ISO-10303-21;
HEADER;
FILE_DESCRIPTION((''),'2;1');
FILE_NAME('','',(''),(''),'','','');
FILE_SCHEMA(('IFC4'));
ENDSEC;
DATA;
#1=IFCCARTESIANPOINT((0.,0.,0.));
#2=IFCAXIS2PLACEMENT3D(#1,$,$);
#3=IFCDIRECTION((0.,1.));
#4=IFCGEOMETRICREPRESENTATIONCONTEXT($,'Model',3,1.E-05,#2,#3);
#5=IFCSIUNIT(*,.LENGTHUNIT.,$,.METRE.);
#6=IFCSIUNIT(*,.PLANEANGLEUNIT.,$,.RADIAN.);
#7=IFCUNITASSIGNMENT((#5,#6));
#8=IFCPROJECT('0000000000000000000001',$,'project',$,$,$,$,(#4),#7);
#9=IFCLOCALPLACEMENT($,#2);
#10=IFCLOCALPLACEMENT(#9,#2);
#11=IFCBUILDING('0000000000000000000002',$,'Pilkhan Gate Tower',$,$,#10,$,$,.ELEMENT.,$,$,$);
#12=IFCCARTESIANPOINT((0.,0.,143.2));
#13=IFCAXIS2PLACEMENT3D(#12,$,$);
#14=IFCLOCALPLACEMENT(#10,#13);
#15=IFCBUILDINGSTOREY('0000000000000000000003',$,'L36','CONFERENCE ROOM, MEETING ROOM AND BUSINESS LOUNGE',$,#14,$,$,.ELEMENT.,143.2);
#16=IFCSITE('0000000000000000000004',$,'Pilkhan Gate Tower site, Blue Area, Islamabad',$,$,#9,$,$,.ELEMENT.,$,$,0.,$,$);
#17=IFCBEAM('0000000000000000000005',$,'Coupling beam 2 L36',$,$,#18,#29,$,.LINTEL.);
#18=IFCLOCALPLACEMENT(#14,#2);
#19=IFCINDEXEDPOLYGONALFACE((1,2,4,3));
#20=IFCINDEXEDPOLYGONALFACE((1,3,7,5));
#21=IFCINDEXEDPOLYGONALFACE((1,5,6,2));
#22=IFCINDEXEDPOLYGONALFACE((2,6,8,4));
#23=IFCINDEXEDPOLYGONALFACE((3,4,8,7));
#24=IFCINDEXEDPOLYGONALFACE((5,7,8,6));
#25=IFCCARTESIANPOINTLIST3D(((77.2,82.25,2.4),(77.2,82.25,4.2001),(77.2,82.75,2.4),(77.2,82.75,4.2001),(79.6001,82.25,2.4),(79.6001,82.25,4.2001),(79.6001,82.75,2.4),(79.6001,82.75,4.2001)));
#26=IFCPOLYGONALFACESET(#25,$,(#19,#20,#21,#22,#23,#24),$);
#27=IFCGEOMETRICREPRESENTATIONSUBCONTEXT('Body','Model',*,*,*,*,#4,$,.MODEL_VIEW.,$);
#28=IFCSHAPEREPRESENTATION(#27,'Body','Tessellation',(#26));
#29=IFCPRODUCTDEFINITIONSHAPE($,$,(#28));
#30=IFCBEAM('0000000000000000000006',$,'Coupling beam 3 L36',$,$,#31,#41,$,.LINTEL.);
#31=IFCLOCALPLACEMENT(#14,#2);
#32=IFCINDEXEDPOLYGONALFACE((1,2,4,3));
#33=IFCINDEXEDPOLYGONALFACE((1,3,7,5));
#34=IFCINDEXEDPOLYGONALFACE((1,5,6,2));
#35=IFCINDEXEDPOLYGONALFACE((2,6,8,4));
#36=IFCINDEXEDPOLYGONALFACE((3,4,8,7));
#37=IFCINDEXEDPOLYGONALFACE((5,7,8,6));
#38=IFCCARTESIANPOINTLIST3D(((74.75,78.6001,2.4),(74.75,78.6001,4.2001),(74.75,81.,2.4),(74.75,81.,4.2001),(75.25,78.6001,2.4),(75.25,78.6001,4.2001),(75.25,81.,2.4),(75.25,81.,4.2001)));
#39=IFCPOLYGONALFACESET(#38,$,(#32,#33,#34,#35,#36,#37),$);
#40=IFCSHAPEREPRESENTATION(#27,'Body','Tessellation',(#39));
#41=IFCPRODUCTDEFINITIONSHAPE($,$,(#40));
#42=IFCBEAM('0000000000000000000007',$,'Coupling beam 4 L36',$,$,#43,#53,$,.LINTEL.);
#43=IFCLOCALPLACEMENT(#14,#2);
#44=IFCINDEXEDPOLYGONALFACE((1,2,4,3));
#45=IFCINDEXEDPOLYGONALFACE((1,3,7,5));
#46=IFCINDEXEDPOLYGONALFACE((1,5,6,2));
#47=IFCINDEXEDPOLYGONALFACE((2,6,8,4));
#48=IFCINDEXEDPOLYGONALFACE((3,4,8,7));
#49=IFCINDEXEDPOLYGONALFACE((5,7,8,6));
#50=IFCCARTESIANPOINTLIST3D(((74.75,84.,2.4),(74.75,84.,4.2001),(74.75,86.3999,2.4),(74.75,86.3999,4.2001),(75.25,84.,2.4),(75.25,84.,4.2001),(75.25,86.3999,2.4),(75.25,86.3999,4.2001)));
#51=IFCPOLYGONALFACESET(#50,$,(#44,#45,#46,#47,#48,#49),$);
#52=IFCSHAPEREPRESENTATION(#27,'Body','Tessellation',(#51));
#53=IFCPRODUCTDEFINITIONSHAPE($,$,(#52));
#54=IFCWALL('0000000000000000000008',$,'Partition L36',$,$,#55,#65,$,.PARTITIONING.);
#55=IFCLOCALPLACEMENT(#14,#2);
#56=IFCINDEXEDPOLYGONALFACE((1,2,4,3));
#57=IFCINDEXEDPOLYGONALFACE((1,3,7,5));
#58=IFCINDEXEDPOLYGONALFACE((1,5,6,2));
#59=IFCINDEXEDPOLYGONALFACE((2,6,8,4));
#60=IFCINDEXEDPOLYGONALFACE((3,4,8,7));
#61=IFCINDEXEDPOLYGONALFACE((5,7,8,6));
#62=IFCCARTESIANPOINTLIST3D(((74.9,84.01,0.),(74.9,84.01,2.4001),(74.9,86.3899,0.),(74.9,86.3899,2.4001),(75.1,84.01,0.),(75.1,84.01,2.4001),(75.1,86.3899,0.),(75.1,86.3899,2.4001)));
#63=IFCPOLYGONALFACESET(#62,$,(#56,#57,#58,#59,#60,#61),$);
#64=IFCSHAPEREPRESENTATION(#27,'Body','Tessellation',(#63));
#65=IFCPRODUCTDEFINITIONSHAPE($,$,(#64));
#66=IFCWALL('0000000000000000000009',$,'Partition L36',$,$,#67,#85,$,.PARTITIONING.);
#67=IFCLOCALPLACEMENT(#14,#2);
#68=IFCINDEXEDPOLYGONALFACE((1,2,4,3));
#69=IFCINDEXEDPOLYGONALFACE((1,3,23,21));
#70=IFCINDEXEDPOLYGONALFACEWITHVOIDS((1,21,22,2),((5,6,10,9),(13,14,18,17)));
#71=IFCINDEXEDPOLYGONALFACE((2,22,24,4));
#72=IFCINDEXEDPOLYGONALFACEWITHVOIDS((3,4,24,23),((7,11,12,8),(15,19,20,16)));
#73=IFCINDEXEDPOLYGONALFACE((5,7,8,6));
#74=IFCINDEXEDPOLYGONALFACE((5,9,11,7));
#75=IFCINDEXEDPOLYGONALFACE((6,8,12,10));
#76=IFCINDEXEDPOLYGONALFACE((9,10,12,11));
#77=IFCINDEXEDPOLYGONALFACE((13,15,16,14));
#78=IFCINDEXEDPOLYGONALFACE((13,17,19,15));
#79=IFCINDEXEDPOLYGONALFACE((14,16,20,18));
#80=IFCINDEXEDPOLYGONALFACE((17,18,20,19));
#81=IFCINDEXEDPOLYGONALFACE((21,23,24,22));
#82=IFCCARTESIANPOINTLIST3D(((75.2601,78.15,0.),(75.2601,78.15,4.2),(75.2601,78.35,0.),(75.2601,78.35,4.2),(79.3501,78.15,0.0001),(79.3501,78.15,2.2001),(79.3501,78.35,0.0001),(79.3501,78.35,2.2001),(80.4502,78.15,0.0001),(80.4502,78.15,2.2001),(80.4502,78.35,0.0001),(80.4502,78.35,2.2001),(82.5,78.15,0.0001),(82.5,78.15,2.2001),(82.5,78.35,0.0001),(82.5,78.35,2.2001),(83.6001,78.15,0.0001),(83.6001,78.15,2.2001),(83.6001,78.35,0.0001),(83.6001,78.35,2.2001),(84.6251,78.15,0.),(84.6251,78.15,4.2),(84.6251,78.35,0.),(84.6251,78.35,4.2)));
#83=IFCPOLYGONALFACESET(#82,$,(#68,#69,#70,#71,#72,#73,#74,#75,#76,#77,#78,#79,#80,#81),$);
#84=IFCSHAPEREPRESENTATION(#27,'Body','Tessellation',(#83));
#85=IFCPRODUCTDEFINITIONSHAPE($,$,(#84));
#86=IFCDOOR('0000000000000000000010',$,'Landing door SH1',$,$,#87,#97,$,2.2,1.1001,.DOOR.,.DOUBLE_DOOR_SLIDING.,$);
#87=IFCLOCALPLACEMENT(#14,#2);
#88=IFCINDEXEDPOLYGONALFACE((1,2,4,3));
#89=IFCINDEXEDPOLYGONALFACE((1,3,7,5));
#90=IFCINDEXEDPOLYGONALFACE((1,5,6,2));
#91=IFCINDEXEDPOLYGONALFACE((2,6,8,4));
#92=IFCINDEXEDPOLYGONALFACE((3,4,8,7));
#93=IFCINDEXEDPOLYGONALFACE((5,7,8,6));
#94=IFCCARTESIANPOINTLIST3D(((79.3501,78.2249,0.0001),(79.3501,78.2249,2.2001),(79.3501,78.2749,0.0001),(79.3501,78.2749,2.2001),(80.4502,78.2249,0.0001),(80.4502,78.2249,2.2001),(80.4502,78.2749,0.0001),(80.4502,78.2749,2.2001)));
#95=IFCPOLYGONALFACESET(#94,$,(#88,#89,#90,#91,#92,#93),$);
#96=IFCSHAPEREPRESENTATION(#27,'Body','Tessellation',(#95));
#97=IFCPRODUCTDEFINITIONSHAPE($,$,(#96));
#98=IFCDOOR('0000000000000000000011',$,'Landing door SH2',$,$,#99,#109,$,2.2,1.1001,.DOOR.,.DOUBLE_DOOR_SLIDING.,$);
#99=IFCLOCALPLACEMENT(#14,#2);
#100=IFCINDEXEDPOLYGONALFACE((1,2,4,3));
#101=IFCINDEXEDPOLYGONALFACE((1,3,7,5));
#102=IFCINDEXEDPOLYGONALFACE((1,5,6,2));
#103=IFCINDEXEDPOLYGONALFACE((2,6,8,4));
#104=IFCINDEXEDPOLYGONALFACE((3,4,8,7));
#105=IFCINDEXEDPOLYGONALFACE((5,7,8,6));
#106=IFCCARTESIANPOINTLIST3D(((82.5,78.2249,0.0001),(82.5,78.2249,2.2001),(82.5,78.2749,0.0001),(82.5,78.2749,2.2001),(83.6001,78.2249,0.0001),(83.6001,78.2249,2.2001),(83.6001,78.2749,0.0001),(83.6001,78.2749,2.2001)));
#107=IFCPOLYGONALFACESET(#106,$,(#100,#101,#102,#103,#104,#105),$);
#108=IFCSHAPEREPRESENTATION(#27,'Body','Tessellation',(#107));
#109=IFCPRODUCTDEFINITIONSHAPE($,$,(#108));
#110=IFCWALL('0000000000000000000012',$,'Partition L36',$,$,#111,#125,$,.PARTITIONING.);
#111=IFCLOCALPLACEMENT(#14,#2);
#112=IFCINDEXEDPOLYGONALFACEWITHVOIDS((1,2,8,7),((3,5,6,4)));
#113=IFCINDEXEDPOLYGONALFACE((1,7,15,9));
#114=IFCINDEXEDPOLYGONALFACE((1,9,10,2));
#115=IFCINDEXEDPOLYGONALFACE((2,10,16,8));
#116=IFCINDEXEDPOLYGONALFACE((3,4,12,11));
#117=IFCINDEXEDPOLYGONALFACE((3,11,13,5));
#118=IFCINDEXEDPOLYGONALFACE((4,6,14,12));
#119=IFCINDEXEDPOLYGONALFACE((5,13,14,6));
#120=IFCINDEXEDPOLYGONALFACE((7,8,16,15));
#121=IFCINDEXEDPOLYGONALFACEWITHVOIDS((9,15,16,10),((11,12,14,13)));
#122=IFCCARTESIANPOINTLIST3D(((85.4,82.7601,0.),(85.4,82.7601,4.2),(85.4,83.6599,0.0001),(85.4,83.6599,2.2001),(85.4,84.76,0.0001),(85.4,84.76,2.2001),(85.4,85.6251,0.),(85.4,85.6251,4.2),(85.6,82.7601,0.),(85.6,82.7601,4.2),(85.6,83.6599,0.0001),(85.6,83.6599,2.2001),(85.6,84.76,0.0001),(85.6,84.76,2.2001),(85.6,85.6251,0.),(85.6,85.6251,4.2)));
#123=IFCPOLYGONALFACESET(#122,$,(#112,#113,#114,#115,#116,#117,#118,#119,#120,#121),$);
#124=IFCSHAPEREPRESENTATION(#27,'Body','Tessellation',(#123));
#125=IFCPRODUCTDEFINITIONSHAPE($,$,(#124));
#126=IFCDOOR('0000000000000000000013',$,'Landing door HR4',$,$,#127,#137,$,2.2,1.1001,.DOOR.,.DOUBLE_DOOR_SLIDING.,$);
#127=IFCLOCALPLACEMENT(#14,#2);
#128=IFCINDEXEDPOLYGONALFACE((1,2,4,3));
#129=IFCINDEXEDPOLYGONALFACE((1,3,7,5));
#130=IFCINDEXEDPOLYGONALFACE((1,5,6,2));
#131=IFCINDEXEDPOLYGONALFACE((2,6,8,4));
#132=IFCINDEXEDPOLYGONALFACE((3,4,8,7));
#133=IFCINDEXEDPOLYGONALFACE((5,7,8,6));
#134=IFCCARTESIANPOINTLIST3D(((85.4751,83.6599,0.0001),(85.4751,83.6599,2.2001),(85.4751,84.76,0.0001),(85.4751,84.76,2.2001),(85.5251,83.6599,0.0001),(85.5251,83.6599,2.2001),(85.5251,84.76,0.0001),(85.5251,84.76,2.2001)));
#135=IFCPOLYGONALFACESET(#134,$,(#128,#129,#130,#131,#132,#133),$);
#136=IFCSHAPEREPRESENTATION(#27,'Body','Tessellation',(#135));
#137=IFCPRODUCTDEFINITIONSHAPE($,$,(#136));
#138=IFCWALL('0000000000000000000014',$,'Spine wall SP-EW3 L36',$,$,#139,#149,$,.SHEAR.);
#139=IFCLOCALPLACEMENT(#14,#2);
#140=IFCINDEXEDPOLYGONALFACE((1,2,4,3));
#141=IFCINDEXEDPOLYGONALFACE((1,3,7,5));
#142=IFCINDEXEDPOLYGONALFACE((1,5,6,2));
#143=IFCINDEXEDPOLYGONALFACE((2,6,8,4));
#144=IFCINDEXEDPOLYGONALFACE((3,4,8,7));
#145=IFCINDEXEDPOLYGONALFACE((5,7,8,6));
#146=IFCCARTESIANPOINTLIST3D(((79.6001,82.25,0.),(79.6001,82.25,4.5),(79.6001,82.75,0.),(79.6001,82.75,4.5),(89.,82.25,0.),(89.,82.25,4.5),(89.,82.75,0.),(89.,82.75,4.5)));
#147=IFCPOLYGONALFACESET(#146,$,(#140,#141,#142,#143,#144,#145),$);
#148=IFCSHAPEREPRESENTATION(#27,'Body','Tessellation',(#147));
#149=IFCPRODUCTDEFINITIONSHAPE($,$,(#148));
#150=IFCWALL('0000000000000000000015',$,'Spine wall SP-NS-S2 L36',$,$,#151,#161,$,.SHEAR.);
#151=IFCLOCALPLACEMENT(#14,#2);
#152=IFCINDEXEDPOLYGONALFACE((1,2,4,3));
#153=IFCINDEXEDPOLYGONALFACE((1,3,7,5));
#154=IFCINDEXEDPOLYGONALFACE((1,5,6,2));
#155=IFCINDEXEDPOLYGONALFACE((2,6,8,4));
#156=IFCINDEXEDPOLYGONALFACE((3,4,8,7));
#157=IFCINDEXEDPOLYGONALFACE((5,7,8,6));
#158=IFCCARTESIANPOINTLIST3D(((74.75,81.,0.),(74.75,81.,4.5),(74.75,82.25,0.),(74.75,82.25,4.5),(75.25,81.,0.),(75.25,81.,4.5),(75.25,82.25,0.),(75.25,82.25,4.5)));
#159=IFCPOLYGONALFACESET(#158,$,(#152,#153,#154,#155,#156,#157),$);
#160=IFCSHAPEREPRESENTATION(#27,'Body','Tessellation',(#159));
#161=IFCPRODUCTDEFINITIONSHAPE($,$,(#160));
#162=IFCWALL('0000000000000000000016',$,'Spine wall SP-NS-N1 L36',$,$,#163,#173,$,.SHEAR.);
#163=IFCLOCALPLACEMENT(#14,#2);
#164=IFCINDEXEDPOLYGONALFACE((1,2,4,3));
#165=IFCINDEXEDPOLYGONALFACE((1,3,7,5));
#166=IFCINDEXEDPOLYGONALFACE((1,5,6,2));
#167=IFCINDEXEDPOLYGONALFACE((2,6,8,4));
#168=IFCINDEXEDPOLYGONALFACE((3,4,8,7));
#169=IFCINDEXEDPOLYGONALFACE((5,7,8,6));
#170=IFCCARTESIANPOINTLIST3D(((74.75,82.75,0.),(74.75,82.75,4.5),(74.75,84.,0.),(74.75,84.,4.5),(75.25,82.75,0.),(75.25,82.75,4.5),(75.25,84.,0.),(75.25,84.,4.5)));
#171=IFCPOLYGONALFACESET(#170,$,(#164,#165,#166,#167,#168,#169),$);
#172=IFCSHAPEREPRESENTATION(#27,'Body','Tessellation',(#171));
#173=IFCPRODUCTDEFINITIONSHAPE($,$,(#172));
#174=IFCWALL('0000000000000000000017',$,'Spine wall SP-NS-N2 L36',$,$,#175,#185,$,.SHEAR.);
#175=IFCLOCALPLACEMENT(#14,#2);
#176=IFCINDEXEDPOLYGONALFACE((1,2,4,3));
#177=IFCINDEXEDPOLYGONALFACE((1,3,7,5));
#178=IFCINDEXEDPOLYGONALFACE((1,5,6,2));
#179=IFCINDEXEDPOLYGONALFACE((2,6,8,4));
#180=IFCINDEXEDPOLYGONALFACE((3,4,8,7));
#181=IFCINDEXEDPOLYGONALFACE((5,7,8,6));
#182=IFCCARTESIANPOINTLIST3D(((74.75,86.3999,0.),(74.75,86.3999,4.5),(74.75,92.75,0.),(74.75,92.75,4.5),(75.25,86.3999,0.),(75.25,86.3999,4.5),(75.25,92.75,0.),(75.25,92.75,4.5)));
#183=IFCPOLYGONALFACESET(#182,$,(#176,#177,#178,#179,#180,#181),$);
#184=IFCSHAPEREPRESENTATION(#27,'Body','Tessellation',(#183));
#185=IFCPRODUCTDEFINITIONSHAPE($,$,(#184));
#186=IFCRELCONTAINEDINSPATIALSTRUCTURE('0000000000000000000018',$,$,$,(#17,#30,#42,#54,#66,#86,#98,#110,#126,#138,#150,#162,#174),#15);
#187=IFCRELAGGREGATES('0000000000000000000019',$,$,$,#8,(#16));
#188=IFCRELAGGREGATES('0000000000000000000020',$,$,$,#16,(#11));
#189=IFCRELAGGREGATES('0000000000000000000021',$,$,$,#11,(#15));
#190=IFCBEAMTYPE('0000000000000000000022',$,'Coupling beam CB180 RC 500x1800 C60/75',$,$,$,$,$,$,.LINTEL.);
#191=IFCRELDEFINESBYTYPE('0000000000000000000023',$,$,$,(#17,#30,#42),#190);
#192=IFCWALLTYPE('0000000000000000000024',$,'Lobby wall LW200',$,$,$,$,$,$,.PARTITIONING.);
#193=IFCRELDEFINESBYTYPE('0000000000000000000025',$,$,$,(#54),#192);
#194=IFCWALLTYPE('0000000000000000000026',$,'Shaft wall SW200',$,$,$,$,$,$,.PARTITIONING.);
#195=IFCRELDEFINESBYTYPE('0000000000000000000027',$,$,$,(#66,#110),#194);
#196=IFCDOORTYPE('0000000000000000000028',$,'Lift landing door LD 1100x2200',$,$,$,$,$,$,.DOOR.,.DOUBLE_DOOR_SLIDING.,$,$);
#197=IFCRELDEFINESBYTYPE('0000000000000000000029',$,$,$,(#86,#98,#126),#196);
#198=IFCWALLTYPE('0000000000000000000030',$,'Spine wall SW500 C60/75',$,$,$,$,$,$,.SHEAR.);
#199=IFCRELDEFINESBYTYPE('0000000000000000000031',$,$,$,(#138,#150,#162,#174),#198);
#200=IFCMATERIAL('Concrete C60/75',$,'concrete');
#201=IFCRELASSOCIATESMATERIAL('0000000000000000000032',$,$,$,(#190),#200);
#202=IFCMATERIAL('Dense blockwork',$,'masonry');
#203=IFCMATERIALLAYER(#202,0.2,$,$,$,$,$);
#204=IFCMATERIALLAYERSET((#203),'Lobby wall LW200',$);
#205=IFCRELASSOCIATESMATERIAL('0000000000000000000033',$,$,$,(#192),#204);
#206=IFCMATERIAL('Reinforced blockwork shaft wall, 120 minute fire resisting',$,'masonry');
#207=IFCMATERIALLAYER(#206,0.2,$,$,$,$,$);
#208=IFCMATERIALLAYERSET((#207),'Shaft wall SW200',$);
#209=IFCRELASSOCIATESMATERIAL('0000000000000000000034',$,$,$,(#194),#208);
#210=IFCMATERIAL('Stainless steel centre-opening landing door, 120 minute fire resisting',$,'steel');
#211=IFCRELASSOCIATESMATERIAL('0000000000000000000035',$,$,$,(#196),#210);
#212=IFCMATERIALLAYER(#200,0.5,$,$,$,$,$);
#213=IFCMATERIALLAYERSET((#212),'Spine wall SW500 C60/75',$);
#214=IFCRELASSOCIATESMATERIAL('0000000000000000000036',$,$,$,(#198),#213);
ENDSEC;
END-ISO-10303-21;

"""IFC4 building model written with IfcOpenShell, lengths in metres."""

from ifc_helpers import new_model, si_unit, direction, frame, frame_2d, origin, origin_2d, place, context, subcontext, project, spatial, rectangle, extrude, material, layer, layer_set, material_profile, profile_set, type_object, element, fill, save


model = new_model("IFC4")

# Units and contexts
model_context = context("Model", 3, precision=1e-05, world=origin(), true_north=direction((0.0, 1.0)))
body_context = subcontext(model_context, "Body", "Model", "MODEL_VIEW")
ifc_project = project(units=[si_unit("LENGTHUNIT", "METRE"), si_unit("PLANEANGLEUNIT", "RADIAN")], contexts=[model_context])

# Site, building, storey
site_placement = place(None, origin())
site = spatial("IfcSite", under=ifc_project, at=site_placement, Name="Pilkhan Gate Tower site, Blue Area, Islamabad", CompositionType="ELEMENT", RefElevation=0.0)
building_placement = place(site_placement, origin())
building = spatial("IfcBuilding", under=site, at=building_placement, Name="Pilkhan Gate Tower", CompositionType="ELEMENT")
storey_placement = place(building_placement, frame((0.0, 0.0, 143.2)))
storey = spatial("IfcBuildingStorey", under=building, at=storey_placement, Name="L36", Description="CONFERENCE ROOM, MEETING ROOM AND BUSINESS LOUNGE", CompositionType="ELEMENT", Elevation=143.2)

# Beams
ifc_material_1 = material(Name="Concrete C60/75", Category="concrete")
ifc_material_profile = material_profile(ifc_material_1, rectangle(XDim=0.5, YDim=1.8, at=origin_2d()), Name="RC 500x1800")
ifc_profile_set = profile_set([ifc_material_profile], Name="Concrete C60/75")
beam_type = type_object("IfcBeamType", Name="Coupling beam CB180 RC 500x1800 C60/75", PredefinedType="LINTEL", material=ifc_profile_set)
beam_placement = place(storey_placement, frame((77.2, 82.5, 3.3), z_axis=(1.0, 0.0, 0.0), x_axis=(0.0, 1.0, 0.0)))
element("IfcBeam", 1, at=beam_placement, inside=storey, type_object=beam_type, Name="Coupling beam 2 L36", PredefinedType="LINTEL", context=body_context, shape_type="SweptSolid", body=[
    extrude(rectangle(XDim=0.5, YDim=1.8, at=origin_2d()), origin(), (0.0, 0.0, 1.0), 2.4001),
])
for number, where, z_axis, x_axis, name in (
    (2, (75.0, 78.6001, 3.3), (0.0, 1.0, 0.0), (-1.0, 0.0, 0.0), "Coupling beam 3 L36"),
    (3, (75.0, 84.0, 3.3), (0.0, 1.0, 0.0), (-1.0, 0.0, 0.0), "Coupling beam 4 L36"),
):
    element("IfcBeam", number, at=place(storey_placement, frame(where, z_axis=z_axis, x_axis=x_axis)), inside=storey, type_object=beam_type, Name=name, PredefinedType="LINTEL", context=body_context, shape_type="SweptSolid", body=[
        extrude(rectangle(XDim=0.5, YDim=1.8, at=origin_2d()), origin(), (0.0, 0.0, 1.0), 2.3999),
    ])

# Wall
ifc_material_2 = material(Name="Dense blockwork", Category="masonry")
ifc_layer_1 = layer(ifc_material_2, 0.2)
ifc_layer_set_1 = layer_set([ifc_layer_1], Name="Lobby wall LW200")
wall_type_1 = type_object("IfcWallType", Name="Lobby wall LW200", PredefinedType="PARTITIONING", material=ifc_layer_set_1)
wall_1_placement = place(storey_placement, frame((75.0, 84.01, 0.0), z_axis=(0.0, 0.0, 1.0), x_axis=(0.0, 1.0, 0.0)))
element("IfcWall", 4, at=wall_1_placement, inside=storey, type_object=wall_type_1, Name="Partition L36", PredefinedType="PARTITIONING", context=body_context, shape_type="SweptSolid", body=[
    extrude(rectangle(XDim=2.3799, YDim=0.2, at=frame_2d((1.1899, 0.0))), origin(), (0.0, 0.0, 1.0), 2.4001),
])

# Wall, openings, doors
ifc_material_3 = material(Name="Reinforced blockwork shaft wall, 120 minute fire resisting", Category="masonry")
ifc_layer_2 = layer(ifc_material_3, 0.2)
ifc_layer_set_2 = layer_set([ifc_layer_2], Name="Shaft wall SW200")
wall_type_2 = type_object("IfcWallType", Name="Shaft wall SW200", PredefinedType="PARTITIONING", material=ifc_layer_set_2)
wall_2_placement = place(storey_placement, frame((75.26, 78.25, 0.0), z_axis=(0.0, 0.0, 1.0), x_axis=(1.0, 0.0, 0.0)))
wall_2 = element("IfcWall", 5, at=wall_2_placement, inside=storey, type_object=wall_type_2, Name="Partition L36", PredefinedType="PARTITIONING", context=body_context, shape_type="SweptSolid", body=[
    extrude(rectangle(XDim=9.365, YDim=0.2, at=frame_2d((4.6826, 0.0))), origin(), (0.0, 0.0, 1.0), 4.2),
])
opening_1_placement = place(wall_2_placement, frame((4.0901, 0.0, 0.0)))
opening_1 = element("IfcOpeningElement", 6, at=opening_1_placement, cuts=wall_2, PredefinedType="OPENING", context=body_context, shape_type="SweptSolid", body=[
    extrude(rectangle(XDim=1.1001, YDim=2.2, at=frame_2d((0.55, 1.1001))), frame((0.0, 0.1099, 0.0), z_axis=(0.0, -1.0, 0.0), x_axis=(1.0, 0.0, 0.0)), (0.0, 0.0, 1.0), 0.22),
])
opening_2_placement = place(wall_2_placement, frame((7.24, 0.0, 0.0)))
opening_2 = element("IfcOpeningElement", 7, at=opening_2_placement, cuts=wall_2, PredefinedType="OPENING", context=body_context, shape_type="SweptSolid", body=[
    extrude(rectangle(XDim=1.1001, YDim=2.2, at=frame_2d((0.55, 1.1001))), frame((0.0, 0.1099, 0.0), z_axis=(0.0, -1.0, 0.0), x_axis=(1.0, 0.0, 0.0)), (0.0, 0.0, 1.0), 0.22),
])
ifc_material_4 = material(Name="Stainless steel centre-opening landing door, 120 minute fire resisting", Category="steel")
door_type = type_object("IfcDoorType", Name="Lift landing door LD 1100x2200", OperationType="DOUBLE_DOOR_SLIDING", PredefinedType="DOOR", material=ifc_material_4)
door_1_placement = place(opening_1_placement, origin())
door_1 = element("IfcDoor", 8, at=door_1_placement, inside=storey, type_object=door_type, Name="Landing door SH1", OperationType="DOUBLE_DOOR_SLIDING", OverallHeight=2.2, OverallWidth=1.1001, PredefinedType="DOOR", context=body_context, shape_type="SweptSolid", body=[
    extrude(rectangle(XDim=1.1001, YDim=2.2, at=frame_2d((0.55, 1.1001))), frame((0.0, 0.0249, 0.0), z_axis=(0.0, -1.0, 0.0), x_axis=(1.0, 0.0, 0.0)), (0.0, 0.0, 1.0), 0.05),
])
fill(opening_1, door_1)
door_2_placement = place(opening_2_placement, origin())
door_2 = element("IfcDoor", 9, at=door_2_placement, inside=storey, type_object=door_type, Name="Landing door SH2", OperationType="DOUBLE_DOOR_SLIDING", OverallHeight=2.2, OverallWidth=1.1001, PredefinedType="DOOR", context=body_context, shape_type="SweptSolid", body=[
    extrude(rectangle(XDim=1.1001, YDim=2.2, at=frame_2d((0.55, 1.1001))), frame((0.0, 0.0249, 0.0), z_axis=(0.0, -1.0, 0.0), x_axis=(1.0, 0.0, 0.0)), (0.0, 0.0, 1.0), 0.05),
])
fill(opening_2, door_2)

# Wall, opening, door
wall_3_placement = place(storey_placement, frame((85.5, 82.76, 0.0), z_axis=(0.0, 0.0, 1.0), x_axis=(0.0, 1.0, 0.0)))
wall_3 = element("IfcWall", 10, at=wall_3_placement, inside=storey, type_object=wall_type_2, Name="Partition L36", PredefinedType="PARTITIONING", context=body_context, shape_type="SweptSolid", body=[
    extrude(rectangle(XDim=2.865, YDim=0.2, at=frame_2d((1.4326, 0.0))), origin(), (0.0, 0.0, 1.0), 4.2),
])
opening_3_placement = place(wall_3_placement, frame((0.8999, 0.0, 0.0)))
opening_3 = element("IfcOpeningElement", 11, at=opening_3_placement, cuts=wall_3, PredefinedType="OPENING", context=body_context, shape_type="SweptSolid", body=[
    extrude(rectangle(XDim=1.1001, YDim=2.2, at=frame_2d((0.55, 1.1001))), frame((0.0, 0.1099, 0.0), z_axis=(0.0, -1.0, 0.0), x_axis=(1.0, 0.0, 0.0)), (0.0, 0.0, 1.0), 0.22),
])
door_3_placement = place(opening_3_placement, origin())
door_3 = element("IfcDoor", 12, at=door_3_placement, inside=storey, type_object=door_type, Name="Landing door HR4", OperationType="DOUBLE_DOOR_SLIDING", OverallHeight=2.2, OverallWidth=1.1001, PredefinedType="DOOR", context=body_context, shape_type="SweptSolid", body=[
    extrude(rectangle(XDim=1.1001, YDim=2.2, at=frame_2d((0.55, 1.1001))), frame((0.0, 0.0249, 0.0), z_axis=(0.0, -1.0, 0.0), x_axis=(1.0, 0.0, 0.0)), (0.0, 0.0, 1.0), 0.05),
])
fill(opening_3, door_3)

# Walls
ifc_layer_3 = layer(ifc_material_1, 0.5)
ifc_layer_set_3 = layer_set([ifc_layer_3], Name="Spine wall SW500 C60/75")
wall_type_3 = type_object("IfcWallType", Name="Spine wall SW500 C60/75", PredefinedType="SHEAR", material=ifc_layer_set_3)
wall_4_placement = place(storey_placement, frame((79.6001, 82.5, 0.0), z_axis=(0.0, 0.0, 1.0), x_axis=(1.0, 0.0, 0.0)))
element("IfcWall", 13, at=wall_4_placement, inside=storey, type_object=wall_type_3, Name="Spine wall SP-EW3 L36", PredefinedType="SHEAR", context=body_context, shape_type="SweptSolid", body=[
    extrude(rectangle(XDim=9.3999, YDim=0.5, at=frame_2d((4.7, 0.0))), origin(), (0.0, 0.0, 1.0), 4.5),
])
for number, where, z_axis, x_axis, name in (
    (14, (75.0, 81.0, 0.0), (0.0, 0.0, 1.0), (0.0, 1.0, 0.0), "Spine wall SP-NS-S2 L36"),
    (15, (75.0, 82.75, 0.0), (0.0, 0.0, 1.0), (0.0, 1.0, 0.0), "Spine wall SP-NS-N1 L36"),
):
    element("IfcWall", number, at=place(storey_placement, frame(where, z_axis=z_axis, x_axis=x_axis)), inside=storey, type_object=wall_type_3, Name=name, PredefinedType="SHEAR", context=body_context, shape_type="SweptSolid", body=[
        extrude(rectangle(XDim=1.25, YDim=0.5, at=frame_2d((0.625, 0.0))), origin(), (0.0, 0.0, 1.0), 4.5),
    ])
wall_5_placement = place(storey_placement, frame((75.0, 86.3999, 0.0), z_axis=(0.0, 0.0, 1.0), x_axis=(0.0, 1.0, 0.0)))
element("IfcWall", 16, at=wall_5_placement, inside=storey, type_object=wall_type_3, Name="Spine wall SP-NS-N2 L36", PredefinedType="SHEAR", context=body_context, shape_type="SweptSolid", body=[
    extrude(rectangle(XDim=6.3501, YDim=0.5, at=frame_2d((3.175, 0.0))), origin(), (0.0, 0.0, 1.0), 4.5),
])

save(model, "model.ifc")
